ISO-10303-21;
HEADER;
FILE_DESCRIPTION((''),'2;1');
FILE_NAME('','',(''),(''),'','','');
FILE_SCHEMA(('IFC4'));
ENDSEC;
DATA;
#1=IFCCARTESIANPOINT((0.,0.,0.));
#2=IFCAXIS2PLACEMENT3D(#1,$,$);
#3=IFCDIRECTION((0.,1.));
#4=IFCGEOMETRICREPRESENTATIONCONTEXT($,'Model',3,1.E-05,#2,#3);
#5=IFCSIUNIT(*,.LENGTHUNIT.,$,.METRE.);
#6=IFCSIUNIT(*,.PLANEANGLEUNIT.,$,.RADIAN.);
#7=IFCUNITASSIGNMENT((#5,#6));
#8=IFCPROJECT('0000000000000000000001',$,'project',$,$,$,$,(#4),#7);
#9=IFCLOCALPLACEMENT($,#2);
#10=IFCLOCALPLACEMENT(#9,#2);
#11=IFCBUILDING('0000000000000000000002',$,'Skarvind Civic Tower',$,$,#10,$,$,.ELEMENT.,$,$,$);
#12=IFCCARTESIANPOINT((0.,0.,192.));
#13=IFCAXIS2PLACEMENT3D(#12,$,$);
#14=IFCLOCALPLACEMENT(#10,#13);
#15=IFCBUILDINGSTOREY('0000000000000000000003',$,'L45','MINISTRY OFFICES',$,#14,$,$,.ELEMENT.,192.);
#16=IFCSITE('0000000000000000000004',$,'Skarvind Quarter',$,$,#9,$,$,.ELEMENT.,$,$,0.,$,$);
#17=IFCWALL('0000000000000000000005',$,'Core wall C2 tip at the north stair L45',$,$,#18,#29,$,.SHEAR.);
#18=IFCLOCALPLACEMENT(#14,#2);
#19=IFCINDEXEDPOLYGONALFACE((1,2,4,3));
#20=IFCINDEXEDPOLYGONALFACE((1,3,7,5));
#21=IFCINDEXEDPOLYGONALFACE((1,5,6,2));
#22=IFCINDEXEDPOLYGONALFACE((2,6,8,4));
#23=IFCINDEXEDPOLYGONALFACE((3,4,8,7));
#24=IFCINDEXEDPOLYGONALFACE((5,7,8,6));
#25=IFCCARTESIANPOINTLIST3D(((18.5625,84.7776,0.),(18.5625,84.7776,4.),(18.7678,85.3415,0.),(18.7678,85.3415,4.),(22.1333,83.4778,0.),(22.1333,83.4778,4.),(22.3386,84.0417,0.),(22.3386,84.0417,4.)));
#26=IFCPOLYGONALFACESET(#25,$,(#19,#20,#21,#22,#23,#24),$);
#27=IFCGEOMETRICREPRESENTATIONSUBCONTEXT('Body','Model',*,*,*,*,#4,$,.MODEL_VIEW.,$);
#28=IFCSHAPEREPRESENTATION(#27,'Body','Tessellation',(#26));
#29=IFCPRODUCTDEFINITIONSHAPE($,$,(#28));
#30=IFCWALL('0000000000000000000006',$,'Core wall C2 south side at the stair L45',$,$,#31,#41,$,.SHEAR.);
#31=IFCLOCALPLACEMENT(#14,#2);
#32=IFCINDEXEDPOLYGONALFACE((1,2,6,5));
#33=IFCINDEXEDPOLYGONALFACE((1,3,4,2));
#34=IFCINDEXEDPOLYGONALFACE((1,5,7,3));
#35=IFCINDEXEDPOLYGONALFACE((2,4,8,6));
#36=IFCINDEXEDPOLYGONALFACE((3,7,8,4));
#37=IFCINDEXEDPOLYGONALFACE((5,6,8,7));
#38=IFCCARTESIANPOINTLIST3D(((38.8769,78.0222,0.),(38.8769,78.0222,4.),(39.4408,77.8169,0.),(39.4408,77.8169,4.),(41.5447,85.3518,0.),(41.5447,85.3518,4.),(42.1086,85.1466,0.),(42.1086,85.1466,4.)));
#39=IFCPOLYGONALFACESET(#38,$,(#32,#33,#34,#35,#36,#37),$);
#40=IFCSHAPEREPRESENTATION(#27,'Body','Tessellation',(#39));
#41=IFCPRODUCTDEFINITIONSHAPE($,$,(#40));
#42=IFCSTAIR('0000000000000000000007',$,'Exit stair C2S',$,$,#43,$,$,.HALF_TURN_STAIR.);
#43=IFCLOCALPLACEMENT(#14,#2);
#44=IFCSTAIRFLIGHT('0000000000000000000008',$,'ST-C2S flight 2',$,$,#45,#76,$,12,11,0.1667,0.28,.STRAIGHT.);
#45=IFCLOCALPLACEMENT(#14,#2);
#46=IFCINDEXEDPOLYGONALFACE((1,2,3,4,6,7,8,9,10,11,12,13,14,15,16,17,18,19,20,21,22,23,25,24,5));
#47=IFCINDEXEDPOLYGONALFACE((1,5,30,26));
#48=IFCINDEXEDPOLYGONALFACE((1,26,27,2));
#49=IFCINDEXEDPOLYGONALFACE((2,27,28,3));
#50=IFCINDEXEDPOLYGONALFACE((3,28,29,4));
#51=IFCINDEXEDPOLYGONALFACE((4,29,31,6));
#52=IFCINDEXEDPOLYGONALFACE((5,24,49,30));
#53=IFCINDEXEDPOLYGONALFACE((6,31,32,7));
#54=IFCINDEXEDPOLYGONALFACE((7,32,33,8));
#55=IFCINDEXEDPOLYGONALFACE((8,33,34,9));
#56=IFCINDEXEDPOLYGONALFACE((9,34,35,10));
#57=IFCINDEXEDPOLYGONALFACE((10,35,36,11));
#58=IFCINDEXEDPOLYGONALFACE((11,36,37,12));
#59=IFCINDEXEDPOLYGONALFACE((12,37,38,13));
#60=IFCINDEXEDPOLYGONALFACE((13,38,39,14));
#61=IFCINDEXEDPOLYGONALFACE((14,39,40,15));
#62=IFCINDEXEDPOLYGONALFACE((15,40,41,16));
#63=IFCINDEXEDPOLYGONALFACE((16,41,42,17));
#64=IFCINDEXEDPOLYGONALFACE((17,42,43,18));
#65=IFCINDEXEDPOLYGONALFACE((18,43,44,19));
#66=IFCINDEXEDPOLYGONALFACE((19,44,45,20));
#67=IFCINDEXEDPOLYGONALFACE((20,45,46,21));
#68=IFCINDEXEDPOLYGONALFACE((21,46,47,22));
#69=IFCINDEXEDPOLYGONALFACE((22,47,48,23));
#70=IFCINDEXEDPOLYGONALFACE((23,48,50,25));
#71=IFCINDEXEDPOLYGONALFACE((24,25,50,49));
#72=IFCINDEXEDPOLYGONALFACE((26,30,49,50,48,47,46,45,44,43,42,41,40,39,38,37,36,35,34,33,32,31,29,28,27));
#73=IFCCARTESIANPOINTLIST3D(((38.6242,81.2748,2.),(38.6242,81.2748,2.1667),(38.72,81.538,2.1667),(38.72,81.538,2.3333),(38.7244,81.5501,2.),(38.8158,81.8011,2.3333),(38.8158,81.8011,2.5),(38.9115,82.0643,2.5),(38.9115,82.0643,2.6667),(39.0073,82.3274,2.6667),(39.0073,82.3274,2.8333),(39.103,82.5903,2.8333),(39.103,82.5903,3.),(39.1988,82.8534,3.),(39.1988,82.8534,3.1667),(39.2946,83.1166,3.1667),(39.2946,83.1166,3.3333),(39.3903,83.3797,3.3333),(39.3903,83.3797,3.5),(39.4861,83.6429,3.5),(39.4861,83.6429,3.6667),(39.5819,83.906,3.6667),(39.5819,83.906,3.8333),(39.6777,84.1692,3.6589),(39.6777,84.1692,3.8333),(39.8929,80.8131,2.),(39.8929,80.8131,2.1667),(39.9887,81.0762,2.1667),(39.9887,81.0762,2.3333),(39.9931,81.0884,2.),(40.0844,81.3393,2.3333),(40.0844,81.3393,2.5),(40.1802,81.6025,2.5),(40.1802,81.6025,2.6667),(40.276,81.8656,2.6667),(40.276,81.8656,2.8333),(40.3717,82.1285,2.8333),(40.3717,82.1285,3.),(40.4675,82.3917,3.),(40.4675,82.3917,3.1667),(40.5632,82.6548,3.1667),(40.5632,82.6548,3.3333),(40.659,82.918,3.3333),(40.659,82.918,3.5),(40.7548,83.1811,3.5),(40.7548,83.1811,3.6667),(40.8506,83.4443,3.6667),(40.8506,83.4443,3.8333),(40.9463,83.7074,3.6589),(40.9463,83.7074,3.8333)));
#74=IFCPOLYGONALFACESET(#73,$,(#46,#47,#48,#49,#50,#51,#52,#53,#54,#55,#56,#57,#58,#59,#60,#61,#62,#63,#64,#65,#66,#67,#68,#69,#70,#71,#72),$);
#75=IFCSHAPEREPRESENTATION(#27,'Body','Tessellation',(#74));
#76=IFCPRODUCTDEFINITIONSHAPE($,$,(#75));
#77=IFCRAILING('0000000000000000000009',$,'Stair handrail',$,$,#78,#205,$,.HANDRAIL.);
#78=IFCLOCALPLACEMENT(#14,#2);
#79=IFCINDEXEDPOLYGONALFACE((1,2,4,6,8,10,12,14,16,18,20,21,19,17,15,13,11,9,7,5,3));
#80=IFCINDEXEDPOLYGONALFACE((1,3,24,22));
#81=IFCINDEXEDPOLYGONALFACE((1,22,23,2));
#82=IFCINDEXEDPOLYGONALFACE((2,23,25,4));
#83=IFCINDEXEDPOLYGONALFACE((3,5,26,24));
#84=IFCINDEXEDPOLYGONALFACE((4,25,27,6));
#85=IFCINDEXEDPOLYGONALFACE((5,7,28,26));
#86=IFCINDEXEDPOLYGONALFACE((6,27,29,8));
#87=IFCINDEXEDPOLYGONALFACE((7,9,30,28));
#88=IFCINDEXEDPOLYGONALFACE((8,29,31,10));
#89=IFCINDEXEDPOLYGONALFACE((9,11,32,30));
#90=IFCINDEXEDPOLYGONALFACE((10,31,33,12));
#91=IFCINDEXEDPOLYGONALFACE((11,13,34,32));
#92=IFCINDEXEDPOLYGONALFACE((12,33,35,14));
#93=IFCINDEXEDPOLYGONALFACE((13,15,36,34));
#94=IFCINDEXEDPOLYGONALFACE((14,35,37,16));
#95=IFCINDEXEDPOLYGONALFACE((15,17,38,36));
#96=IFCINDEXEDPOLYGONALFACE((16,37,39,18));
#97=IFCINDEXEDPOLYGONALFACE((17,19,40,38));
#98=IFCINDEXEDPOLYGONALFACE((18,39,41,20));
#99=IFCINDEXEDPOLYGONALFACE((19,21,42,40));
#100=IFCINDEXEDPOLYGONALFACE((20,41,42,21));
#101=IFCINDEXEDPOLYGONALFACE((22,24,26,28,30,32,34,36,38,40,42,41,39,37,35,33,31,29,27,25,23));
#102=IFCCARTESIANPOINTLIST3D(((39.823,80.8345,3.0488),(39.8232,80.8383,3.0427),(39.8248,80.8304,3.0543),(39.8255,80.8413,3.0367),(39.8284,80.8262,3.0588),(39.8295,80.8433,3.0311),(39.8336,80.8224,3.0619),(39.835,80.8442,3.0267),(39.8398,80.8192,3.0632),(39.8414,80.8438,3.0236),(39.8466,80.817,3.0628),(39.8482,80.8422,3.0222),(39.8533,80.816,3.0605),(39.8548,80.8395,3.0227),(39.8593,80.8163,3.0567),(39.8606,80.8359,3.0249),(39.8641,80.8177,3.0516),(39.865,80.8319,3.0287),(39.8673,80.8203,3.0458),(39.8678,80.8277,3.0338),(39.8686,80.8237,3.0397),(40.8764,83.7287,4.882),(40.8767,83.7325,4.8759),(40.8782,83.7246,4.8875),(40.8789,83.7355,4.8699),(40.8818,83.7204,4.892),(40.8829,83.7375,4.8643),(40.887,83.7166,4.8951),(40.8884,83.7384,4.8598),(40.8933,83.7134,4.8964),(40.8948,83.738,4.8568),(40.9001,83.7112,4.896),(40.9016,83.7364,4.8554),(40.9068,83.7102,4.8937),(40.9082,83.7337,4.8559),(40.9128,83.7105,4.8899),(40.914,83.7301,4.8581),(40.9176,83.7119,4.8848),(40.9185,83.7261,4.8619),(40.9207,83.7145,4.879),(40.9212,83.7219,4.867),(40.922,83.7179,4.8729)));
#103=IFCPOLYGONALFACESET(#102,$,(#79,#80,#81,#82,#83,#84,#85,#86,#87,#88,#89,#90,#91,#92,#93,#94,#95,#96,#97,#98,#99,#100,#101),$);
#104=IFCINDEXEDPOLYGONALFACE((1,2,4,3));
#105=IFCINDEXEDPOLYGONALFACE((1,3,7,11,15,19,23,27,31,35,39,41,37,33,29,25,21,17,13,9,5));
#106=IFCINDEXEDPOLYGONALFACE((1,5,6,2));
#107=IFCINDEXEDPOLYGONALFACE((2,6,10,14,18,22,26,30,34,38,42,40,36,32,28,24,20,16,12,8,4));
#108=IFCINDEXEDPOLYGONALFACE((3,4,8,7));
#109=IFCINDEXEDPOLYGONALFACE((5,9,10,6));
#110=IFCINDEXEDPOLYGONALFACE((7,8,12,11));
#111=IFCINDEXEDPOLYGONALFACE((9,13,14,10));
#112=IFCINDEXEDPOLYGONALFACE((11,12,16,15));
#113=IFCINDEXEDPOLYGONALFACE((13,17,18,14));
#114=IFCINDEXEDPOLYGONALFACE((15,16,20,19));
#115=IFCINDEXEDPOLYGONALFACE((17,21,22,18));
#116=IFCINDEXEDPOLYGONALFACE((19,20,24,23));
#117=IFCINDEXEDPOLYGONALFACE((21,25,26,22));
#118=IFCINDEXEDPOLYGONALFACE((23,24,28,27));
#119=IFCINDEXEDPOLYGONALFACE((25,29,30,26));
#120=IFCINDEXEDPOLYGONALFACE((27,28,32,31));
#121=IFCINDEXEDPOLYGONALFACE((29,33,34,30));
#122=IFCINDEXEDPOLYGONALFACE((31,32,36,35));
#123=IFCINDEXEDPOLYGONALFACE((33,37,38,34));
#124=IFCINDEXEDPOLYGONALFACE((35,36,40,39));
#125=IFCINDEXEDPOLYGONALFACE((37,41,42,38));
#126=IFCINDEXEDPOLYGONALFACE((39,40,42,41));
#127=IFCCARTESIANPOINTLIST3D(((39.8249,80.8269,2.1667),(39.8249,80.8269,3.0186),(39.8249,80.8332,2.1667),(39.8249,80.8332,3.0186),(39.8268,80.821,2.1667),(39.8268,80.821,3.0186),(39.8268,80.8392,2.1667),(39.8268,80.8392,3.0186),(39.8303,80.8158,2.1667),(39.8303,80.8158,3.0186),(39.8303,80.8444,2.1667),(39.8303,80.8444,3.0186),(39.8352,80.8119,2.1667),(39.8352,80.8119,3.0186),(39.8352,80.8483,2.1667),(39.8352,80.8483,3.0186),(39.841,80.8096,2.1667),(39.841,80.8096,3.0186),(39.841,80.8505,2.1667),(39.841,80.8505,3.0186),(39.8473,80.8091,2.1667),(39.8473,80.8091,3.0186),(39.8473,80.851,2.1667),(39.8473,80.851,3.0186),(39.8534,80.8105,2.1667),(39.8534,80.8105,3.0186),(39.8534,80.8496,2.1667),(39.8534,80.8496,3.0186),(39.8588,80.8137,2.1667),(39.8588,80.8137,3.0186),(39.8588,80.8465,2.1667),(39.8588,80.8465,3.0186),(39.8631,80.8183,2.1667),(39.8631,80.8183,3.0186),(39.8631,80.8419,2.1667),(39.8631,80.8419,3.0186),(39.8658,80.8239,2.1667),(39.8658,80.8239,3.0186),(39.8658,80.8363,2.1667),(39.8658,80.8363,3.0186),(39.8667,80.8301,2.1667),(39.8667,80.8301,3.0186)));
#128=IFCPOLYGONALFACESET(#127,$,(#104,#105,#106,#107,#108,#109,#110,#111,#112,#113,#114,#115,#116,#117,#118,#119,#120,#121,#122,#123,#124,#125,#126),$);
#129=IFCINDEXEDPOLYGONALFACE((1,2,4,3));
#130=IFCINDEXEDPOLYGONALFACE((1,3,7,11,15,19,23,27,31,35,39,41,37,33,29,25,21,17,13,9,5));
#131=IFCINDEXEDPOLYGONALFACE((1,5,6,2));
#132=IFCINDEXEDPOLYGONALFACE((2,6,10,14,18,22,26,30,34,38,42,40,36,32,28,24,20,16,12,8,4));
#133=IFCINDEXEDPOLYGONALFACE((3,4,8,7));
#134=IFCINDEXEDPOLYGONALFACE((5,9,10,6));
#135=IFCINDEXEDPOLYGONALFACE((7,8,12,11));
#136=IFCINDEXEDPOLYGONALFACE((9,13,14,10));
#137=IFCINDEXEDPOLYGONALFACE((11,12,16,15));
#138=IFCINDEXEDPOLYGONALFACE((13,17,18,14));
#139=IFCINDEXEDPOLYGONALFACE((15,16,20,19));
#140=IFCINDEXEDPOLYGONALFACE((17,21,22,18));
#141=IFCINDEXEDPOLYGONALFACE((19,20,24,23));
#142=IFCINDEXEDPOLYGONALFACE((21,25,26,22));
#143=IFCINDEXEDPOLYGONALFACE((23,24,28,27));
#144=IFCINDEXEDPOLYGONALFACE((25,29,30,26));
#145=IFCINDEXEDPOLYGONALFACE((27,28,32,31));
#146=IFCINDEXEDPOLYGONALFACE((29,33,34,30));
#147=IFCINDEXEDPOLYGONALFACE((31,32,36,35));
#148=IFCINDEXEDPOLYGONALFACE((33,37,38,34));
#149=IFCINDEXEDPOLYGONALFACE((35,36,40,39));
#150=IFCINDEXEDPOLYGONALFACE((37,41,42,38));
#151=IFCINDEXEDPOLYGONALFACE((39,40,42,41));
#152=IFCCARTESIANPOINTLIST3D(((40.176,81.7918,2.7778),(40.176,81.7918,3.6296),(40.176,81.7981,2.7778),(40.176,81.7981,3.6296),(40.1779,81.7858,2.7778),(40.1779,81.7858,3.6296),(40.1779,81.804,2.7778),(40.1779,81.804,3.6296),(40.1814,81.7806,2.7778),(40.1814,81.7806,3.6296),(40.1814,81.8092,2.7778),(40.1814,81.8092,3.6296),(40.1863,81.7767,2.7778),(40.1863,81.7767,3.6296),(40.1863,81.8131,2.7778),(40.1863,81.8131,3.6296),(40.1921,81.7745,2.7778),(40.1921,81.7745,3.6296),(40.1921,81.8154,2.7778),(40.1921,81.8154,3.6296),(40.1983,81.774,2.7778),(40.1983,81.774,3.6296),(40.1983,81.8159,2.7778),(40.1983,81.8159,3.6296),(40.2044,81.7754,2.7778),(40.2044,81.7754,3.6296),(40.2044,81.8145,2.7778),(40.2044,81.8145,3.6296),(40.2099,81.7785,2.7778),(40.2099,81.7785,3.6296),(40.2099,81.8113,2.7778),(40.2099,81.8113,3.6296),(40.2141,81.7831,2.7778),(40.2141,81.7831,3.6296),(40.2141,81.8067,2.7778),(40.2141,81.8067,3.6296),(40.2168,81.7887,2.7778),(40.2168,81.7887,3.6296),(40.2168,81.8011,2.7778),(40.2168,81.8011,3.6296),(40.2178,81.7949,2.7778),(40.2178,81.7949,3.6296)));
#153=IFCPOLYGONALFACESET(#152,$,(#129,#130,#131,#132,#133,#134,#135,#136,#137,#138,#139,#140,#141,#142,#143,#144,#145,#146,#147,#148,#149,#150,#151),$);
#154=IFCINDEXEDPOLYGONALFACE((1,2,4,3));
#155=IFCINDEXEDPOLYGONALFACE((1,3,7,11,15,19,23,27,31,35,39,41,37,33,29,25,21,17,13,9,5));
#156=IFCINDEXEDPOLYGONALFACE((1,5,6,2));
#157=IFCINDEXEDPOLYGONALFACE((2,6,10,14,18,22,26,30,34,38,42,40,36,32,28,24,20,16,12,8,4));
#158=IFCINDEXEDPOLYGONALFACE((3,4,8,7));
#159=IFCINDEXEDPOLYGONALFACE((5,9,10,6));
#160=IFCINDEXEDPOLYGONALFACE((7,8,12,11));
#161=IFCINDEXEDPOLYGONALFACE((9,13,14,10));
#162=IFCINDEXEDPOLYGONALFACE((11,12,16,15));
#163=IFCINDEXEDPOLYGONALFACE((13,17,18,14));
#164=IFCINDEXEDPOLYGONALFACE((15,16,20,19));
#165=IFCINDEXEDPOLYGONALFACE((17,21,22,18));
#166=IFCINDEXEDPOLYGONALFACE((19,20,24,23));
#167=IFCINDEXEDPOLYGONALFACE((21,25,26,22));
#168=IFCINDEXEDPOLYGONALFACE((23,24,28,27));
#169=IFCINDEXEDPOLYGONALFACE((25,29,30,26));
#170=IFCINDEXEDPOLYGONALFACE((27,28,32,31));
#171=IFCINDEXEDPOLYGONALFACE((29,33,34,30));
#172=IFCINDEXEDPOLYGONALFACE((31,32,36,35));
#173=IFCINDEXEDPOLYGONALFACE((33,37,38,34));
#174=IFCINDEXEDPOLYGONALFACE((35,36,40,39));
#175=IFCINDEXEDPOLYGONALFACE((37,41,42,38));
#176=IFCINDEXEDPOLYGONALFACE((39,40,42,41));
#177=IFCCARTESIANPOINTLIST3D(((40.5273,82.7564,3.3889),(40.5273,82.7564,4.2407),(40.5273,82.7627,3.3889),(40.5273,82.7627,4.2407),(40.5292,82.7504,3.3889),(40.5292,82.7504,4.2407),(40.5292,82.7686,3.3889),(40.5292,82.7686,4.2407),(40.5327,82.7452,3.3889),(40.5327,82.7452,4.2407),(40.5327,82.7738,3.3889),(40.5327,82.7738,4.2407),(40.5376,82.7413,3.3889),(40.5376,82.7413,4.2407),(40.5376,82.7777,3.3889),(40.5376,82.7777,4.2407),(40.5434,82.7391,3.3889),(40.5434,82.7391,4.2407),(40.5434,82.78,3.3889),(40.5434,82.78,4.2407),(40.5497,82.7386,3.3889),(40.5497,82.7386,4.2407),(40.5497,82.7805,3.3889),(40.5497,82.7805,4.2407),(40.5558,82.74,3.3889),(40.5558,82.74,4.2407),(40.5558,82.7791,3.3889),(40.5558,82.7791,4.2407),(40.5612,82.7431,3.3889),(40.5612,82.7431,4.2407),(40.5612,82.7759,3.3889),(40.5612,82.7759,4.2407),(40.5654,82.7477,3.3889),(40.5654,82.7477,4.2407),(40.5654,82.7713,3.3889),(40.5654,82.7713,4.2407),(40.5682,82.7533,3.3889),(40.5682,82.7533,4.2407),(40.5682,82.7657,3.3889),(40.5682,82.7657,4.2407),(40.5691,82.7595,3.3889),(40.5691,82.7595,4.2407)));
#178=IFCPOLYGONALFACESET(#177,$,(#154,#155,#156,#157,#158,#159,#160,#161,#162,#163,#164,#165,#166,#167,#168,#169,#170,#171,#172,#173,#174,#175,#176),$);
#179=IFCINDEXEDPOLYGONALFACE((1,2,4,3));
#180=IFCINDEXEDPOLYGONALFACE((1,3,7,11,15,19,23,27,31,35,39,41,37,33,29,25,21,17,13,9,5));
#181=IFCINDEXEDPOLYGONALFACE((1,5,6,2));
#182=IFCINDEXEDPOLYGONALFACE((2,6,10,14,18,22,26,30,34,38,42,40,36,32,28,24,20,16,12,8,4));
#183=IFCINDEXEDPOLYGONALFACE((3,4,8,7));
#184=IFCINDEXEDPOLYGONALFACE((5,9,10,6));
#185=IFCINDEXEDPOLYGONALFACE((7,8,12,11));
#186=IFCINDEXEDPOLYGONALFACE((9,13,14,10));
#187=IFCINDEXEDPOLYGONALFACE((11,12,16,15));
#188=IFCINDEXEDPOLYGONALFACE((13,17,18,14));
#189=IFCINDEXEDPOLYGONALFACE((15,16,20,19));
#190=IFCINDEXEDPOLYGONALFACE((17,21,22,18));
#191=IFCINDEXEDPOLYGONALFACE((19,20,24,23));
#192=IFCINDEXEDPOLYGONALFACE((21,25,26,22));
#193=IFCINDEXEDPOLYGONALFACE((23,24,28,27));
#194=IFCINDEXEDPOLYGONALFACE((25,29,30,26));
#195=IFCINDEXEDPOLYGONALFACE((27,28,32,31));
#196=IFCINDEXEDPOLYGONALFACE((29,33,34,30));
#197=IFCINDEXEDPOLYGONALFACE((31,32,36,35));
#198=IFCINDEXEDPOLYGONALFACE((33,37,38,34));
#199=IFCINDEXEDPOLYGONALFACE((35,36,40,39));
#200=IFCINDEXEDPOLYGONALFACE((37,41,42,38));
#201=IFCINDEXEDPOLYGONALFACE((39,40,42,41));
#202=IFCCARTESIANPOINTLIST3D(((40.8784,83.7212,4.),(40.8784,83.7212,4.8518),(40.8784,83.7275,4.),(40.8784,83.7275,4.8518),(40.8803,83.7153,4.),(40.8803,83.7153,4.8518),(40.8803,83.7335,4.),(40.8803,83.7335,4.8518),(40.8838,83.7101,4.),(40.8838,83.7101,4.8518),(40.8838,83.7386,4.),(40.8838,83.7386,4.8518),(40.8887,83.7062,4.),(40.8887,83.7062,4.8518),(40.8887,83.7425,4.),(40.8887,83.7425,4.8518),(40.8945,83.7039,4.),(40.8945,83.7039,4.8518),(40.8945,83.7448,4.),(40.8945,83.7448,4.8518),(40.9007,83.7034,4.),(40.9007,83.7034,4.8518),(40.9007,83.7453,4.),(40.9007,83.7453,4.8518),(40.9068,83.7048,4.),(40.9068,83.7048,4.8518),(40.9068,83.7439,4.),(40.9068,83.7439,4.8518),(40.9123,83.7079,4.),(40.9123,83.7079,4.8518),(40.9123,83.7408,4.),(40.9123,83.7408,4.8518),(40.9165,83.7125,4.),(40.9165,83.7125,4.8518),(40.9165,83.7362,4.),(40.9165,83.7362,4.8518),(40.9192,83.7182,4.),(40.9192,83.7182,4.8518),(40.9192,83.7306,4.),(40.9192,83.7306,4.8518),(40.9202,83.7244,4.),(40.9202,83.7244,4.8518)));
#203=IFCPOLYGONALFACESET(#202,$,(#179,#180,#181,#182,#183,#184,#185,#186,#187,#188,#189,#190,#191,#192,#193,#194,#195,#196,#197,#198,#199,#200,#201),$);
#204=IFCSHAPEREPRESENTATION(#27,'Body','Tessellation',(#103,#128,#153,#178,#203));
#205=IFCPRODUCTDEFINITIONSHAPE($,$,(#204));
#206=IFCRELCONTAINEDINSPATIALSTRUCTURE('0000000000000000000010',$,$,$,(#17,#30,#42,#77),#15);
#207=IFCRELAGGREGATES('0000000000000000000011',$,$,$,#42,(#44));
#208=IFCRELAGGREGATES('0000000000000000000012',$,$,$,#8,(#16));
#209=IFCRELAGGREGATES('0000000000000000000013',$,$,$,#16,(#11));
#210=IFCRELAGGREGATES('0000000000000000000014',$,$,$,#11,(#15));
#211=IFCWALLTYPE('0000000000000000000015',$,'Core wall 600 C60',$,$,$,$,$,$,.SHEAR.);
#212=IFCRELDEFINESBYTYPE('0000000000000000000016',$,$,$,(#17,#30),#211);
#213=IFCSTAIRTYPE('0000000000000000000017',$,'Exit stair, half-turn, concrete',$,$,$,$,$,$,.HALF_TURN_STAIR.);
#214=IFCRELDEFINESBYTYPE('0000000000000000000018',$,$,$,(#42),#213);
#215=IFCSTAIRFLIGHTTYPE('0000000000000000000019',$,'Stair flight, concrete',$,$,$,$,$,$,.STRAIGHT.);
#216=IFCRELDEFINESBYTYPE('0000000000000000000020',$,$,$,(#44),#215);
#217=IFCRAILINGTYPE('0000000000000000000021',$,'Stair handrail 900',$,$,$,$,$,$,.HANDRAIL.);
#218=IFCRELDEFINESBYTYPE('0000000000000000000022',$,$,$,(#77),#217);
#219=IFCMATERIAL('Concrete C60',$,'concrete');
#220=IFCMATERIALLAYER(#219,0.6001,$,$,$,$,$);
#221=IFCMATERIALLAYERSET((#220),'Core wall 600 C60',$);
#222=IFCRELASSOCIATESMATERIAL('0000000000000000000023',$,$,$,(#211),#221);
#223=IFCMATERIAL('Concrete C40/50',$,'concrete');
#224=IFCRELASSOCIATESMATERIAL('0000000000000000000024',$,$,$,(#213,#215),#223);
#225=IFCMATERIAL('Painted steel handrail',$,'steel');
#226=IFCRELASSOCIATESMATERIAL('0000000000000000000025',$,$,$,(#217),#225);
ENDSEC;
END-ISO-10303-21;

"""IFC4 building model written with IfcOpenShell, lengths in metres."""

from ifc_helpers import new_model, si_unit, direction, frame, frame_2d, origin, origin_2d, place, context, subcontext, project, spatial, polyline, rectangle, circle, outline, extrude, material, layer, layer_set, type_object, element, aggregate, save


model = new_model("IFC4")

# Units and contexts
model_context = context("Model", 3, precision=1e-05, world=origin(), true_north=direction((0.0, 1.0)))
body_context = subcontext(model_context, "Body", "Model", "MODEL_VIEW")
ifc_project = project(units=[si_unit("LENGTHUNIT", "METRE"), si_unit("PLANEANGLEUNIT", "RADIAN")], contexts=[model_context])

# Site, building, storey
site_placement = place(None, origin())
site = spatial("IfcSite", under=ifc_project, at=site_placement, Name="Skarvind Quarter", CompositionType="ELEMENT", RefElevation=0.0)
building_placement = place(site_placement, origin())
building = spatial("IfcBuilding", under=site, at=building_placement, Name="Skarvind Civic Tower", CompositionType="ELEMENT")
storey_placement = place(building_placement, frame((0.0, 0.0, 192.0)))
storey = spatial("IfcBuildingStorey", under=building, at=storey_placement, Name="L45", Description="MINISTRY OFFICES", CompositionType="ELEMENT", Elevation=192.0)

# Shared definitions
ifc_material_1 = material(Name="Concrete C40/50", Category="concrete")

# Shared definitions
ifc_material_2 = material(Name="Concrete C60", Category="concrete")

# Walls
ifc_layer_1 = layer(ifc_material_2, 0.6001)
ifc_layer_set_1 = layer_set([ifc_layer_1], Name="Core wall 600 C60")
wall_type_1 = type_object("IfcWallType", Name="Core wall 600 C60", PredefinedType="SHEAR", material=ifc_layer_set_1)
for number, where, z_axis, x_axis, name in (
    (1, (22.2358, 83.7598, 0.0), (0.0, 0.0, 1.0), (-0.939681, 0.342053, 0.0), "Core wall C2 tip at the north stair L45"),
):
    element("IfcWall", number, at=place(storey_placement, frame(where, z_axis=z_axis, x_axis=x_axis)), inside=storey, type_object=wall_type_1, Name=name, PredefinedType="SHEAR", context=body_context, shape_type="SweptSolid", body=[
        extrude(rectangle(XDim=3.8, YDim=0.6001, at=frame_2d((1.8999, 0.0))), origin(), (0.0, 0.0, 1.0), 4.0),
    ])
wall_1_placement = place(storey_placement, frame((39.1589, 77.9197, 0.0), z_axis=(0.0, 0.0, 1.0), x_axis=(0.342017, 0.939694, 0.0)))
element("IfcWall", 2, at=wall_1_placement, inside=storey, type_object=wall_type_1, Name="Core wall C2 south side at the stair L45", PredefinedType="SHEAR", context=body_context, shape_type="SweptSolid", body=[
    extrude(rectangle(XDim=7.8, YDim=0.6001, at=frame_2d((3.8999, 0.0))), origin(), (0.0, 0.0, 1.0), 4.0),
])

# Stair, stair flight
stair_type_1 = type_object("IfcStairType", Name="Exit stair, half-turn, concrete", PredefinedType="HALF_TURN_STAIR", material=ifc_material_1)
stair_1_placement = place(storey_placement, origin())
stair_1 = element("IfcStair", 3, at=stair_1_placement, inside=storey, type_object=stair_type_1, Name="Exit stair C2S", PredefinedType="HALF_TURN_STAIR")
stair_flight_type = type_object("IfcStairFlightType", Name="Stair flight, concrete", PredefinedType="STRAIGHT", material=ifc_material_1)
stair_flight_placement = place(storey_placement, frame((39.2585, 81.0439, 2.0), z_axis=(0.0, 0.0, 1.0), x_axis=(0.34202, 0.939693, 0.0)))
stair_flight = element("IfcStairFlight", 4, at=stair_flight_placement, type_object=stair_flight_type, Name="ST-C2S flight 2", NumberOfRisers=12, NumberOfTreads=11, PredefinedType="STRAIGHT", RiserHeight=0.1667, TreadLength=0.28, context=body_context, shape_type="SweptSolid", body=[
    extrude(outline(polyline([(0.0, 0.0), (0.0, 0.1667), (0.28, 0.1667), (0.28, 0.3333), (0.5601, 0.3333), (0.5601, 0.5), (0.8401, 0.5), (0.8401, 0.6667), (1.1201, 0.6667), (1.1201, 0.8333), (1.3999, 0.8333), (1.3999, 1.0), (1.6799, 1.0), (1.6799, 1.1667), (1.96, 1.1667), (1.96, 1.3333), (2.24, 1.3333), (2.24, 1.5), (2.52, 1.5), (2.52, 1.6667), (2.8, 1.6667), (2.8, 1.8333), (3.0801, 1.8333), (3.0801, 2.0), (3.0801, 1.6589), (0.293, 0.0), (0.0, 0.0)])), frame((0.0, 0.675, 0.0), z_axis=(0.0, -1.0, 0.0), x_axis=(1.0, 0.0, 0.0)), (0.0, 0.0, 1.0), 1.3501),
])
aggregate(stair_1, [stair_flight])

# Railing
ifc_material_3 = material(Name="Painted steel handrail", Category="steel")
railing_type = type_object("IfcRailingType", Name="Stair handrail 900", PredefinedType="HANDRAIL", material=ifc_material_3)
railing_placement = place(storey_placement, frame((39.8457, 80.8301, 2.1667)))
element("IfcRailing", 5, at=railing_placement, inside=storey, type_object=railing_type, Name="Stair handrail", PredefinedType="HANDRAIL", context=body_context, shape_type="SweptSolid", body=[
    extrude(circle(Radius=0.0239, at=origin_2d()), frame((0.0, 0.0, 0.876), z_axis=(0.293908, 0.807481, 0.511461), x_axis=(-0.939689, 0.342029, 0.0)), (0.0, 0.0, 1.0), 3.5842),
    extrude(circle(Radius=0.021, at=origin_2d()), origin(), (0.0, 0.0, 1.0), 0.8518),
    extrude(circle(Radius=0.021, at=origin_2d()), frame((0.3511, 0.9648, 0.6111)), (0.0, 0.0, 1.0), 0.8518),
    extrude(circle(Radius=0.021, at=origin_2d()), frame((0.7024, 1.9294, 1.2222)), (0.0, 0.0, 1.0), 0.8518),
    extrude(circle(Radius=0.021, at=origin_2d()), frame((1.0535, 2.8943, 1.8333)), (0.0, 0.0, 1.0), 0.8518),
])

save(model, "model.ifc")
